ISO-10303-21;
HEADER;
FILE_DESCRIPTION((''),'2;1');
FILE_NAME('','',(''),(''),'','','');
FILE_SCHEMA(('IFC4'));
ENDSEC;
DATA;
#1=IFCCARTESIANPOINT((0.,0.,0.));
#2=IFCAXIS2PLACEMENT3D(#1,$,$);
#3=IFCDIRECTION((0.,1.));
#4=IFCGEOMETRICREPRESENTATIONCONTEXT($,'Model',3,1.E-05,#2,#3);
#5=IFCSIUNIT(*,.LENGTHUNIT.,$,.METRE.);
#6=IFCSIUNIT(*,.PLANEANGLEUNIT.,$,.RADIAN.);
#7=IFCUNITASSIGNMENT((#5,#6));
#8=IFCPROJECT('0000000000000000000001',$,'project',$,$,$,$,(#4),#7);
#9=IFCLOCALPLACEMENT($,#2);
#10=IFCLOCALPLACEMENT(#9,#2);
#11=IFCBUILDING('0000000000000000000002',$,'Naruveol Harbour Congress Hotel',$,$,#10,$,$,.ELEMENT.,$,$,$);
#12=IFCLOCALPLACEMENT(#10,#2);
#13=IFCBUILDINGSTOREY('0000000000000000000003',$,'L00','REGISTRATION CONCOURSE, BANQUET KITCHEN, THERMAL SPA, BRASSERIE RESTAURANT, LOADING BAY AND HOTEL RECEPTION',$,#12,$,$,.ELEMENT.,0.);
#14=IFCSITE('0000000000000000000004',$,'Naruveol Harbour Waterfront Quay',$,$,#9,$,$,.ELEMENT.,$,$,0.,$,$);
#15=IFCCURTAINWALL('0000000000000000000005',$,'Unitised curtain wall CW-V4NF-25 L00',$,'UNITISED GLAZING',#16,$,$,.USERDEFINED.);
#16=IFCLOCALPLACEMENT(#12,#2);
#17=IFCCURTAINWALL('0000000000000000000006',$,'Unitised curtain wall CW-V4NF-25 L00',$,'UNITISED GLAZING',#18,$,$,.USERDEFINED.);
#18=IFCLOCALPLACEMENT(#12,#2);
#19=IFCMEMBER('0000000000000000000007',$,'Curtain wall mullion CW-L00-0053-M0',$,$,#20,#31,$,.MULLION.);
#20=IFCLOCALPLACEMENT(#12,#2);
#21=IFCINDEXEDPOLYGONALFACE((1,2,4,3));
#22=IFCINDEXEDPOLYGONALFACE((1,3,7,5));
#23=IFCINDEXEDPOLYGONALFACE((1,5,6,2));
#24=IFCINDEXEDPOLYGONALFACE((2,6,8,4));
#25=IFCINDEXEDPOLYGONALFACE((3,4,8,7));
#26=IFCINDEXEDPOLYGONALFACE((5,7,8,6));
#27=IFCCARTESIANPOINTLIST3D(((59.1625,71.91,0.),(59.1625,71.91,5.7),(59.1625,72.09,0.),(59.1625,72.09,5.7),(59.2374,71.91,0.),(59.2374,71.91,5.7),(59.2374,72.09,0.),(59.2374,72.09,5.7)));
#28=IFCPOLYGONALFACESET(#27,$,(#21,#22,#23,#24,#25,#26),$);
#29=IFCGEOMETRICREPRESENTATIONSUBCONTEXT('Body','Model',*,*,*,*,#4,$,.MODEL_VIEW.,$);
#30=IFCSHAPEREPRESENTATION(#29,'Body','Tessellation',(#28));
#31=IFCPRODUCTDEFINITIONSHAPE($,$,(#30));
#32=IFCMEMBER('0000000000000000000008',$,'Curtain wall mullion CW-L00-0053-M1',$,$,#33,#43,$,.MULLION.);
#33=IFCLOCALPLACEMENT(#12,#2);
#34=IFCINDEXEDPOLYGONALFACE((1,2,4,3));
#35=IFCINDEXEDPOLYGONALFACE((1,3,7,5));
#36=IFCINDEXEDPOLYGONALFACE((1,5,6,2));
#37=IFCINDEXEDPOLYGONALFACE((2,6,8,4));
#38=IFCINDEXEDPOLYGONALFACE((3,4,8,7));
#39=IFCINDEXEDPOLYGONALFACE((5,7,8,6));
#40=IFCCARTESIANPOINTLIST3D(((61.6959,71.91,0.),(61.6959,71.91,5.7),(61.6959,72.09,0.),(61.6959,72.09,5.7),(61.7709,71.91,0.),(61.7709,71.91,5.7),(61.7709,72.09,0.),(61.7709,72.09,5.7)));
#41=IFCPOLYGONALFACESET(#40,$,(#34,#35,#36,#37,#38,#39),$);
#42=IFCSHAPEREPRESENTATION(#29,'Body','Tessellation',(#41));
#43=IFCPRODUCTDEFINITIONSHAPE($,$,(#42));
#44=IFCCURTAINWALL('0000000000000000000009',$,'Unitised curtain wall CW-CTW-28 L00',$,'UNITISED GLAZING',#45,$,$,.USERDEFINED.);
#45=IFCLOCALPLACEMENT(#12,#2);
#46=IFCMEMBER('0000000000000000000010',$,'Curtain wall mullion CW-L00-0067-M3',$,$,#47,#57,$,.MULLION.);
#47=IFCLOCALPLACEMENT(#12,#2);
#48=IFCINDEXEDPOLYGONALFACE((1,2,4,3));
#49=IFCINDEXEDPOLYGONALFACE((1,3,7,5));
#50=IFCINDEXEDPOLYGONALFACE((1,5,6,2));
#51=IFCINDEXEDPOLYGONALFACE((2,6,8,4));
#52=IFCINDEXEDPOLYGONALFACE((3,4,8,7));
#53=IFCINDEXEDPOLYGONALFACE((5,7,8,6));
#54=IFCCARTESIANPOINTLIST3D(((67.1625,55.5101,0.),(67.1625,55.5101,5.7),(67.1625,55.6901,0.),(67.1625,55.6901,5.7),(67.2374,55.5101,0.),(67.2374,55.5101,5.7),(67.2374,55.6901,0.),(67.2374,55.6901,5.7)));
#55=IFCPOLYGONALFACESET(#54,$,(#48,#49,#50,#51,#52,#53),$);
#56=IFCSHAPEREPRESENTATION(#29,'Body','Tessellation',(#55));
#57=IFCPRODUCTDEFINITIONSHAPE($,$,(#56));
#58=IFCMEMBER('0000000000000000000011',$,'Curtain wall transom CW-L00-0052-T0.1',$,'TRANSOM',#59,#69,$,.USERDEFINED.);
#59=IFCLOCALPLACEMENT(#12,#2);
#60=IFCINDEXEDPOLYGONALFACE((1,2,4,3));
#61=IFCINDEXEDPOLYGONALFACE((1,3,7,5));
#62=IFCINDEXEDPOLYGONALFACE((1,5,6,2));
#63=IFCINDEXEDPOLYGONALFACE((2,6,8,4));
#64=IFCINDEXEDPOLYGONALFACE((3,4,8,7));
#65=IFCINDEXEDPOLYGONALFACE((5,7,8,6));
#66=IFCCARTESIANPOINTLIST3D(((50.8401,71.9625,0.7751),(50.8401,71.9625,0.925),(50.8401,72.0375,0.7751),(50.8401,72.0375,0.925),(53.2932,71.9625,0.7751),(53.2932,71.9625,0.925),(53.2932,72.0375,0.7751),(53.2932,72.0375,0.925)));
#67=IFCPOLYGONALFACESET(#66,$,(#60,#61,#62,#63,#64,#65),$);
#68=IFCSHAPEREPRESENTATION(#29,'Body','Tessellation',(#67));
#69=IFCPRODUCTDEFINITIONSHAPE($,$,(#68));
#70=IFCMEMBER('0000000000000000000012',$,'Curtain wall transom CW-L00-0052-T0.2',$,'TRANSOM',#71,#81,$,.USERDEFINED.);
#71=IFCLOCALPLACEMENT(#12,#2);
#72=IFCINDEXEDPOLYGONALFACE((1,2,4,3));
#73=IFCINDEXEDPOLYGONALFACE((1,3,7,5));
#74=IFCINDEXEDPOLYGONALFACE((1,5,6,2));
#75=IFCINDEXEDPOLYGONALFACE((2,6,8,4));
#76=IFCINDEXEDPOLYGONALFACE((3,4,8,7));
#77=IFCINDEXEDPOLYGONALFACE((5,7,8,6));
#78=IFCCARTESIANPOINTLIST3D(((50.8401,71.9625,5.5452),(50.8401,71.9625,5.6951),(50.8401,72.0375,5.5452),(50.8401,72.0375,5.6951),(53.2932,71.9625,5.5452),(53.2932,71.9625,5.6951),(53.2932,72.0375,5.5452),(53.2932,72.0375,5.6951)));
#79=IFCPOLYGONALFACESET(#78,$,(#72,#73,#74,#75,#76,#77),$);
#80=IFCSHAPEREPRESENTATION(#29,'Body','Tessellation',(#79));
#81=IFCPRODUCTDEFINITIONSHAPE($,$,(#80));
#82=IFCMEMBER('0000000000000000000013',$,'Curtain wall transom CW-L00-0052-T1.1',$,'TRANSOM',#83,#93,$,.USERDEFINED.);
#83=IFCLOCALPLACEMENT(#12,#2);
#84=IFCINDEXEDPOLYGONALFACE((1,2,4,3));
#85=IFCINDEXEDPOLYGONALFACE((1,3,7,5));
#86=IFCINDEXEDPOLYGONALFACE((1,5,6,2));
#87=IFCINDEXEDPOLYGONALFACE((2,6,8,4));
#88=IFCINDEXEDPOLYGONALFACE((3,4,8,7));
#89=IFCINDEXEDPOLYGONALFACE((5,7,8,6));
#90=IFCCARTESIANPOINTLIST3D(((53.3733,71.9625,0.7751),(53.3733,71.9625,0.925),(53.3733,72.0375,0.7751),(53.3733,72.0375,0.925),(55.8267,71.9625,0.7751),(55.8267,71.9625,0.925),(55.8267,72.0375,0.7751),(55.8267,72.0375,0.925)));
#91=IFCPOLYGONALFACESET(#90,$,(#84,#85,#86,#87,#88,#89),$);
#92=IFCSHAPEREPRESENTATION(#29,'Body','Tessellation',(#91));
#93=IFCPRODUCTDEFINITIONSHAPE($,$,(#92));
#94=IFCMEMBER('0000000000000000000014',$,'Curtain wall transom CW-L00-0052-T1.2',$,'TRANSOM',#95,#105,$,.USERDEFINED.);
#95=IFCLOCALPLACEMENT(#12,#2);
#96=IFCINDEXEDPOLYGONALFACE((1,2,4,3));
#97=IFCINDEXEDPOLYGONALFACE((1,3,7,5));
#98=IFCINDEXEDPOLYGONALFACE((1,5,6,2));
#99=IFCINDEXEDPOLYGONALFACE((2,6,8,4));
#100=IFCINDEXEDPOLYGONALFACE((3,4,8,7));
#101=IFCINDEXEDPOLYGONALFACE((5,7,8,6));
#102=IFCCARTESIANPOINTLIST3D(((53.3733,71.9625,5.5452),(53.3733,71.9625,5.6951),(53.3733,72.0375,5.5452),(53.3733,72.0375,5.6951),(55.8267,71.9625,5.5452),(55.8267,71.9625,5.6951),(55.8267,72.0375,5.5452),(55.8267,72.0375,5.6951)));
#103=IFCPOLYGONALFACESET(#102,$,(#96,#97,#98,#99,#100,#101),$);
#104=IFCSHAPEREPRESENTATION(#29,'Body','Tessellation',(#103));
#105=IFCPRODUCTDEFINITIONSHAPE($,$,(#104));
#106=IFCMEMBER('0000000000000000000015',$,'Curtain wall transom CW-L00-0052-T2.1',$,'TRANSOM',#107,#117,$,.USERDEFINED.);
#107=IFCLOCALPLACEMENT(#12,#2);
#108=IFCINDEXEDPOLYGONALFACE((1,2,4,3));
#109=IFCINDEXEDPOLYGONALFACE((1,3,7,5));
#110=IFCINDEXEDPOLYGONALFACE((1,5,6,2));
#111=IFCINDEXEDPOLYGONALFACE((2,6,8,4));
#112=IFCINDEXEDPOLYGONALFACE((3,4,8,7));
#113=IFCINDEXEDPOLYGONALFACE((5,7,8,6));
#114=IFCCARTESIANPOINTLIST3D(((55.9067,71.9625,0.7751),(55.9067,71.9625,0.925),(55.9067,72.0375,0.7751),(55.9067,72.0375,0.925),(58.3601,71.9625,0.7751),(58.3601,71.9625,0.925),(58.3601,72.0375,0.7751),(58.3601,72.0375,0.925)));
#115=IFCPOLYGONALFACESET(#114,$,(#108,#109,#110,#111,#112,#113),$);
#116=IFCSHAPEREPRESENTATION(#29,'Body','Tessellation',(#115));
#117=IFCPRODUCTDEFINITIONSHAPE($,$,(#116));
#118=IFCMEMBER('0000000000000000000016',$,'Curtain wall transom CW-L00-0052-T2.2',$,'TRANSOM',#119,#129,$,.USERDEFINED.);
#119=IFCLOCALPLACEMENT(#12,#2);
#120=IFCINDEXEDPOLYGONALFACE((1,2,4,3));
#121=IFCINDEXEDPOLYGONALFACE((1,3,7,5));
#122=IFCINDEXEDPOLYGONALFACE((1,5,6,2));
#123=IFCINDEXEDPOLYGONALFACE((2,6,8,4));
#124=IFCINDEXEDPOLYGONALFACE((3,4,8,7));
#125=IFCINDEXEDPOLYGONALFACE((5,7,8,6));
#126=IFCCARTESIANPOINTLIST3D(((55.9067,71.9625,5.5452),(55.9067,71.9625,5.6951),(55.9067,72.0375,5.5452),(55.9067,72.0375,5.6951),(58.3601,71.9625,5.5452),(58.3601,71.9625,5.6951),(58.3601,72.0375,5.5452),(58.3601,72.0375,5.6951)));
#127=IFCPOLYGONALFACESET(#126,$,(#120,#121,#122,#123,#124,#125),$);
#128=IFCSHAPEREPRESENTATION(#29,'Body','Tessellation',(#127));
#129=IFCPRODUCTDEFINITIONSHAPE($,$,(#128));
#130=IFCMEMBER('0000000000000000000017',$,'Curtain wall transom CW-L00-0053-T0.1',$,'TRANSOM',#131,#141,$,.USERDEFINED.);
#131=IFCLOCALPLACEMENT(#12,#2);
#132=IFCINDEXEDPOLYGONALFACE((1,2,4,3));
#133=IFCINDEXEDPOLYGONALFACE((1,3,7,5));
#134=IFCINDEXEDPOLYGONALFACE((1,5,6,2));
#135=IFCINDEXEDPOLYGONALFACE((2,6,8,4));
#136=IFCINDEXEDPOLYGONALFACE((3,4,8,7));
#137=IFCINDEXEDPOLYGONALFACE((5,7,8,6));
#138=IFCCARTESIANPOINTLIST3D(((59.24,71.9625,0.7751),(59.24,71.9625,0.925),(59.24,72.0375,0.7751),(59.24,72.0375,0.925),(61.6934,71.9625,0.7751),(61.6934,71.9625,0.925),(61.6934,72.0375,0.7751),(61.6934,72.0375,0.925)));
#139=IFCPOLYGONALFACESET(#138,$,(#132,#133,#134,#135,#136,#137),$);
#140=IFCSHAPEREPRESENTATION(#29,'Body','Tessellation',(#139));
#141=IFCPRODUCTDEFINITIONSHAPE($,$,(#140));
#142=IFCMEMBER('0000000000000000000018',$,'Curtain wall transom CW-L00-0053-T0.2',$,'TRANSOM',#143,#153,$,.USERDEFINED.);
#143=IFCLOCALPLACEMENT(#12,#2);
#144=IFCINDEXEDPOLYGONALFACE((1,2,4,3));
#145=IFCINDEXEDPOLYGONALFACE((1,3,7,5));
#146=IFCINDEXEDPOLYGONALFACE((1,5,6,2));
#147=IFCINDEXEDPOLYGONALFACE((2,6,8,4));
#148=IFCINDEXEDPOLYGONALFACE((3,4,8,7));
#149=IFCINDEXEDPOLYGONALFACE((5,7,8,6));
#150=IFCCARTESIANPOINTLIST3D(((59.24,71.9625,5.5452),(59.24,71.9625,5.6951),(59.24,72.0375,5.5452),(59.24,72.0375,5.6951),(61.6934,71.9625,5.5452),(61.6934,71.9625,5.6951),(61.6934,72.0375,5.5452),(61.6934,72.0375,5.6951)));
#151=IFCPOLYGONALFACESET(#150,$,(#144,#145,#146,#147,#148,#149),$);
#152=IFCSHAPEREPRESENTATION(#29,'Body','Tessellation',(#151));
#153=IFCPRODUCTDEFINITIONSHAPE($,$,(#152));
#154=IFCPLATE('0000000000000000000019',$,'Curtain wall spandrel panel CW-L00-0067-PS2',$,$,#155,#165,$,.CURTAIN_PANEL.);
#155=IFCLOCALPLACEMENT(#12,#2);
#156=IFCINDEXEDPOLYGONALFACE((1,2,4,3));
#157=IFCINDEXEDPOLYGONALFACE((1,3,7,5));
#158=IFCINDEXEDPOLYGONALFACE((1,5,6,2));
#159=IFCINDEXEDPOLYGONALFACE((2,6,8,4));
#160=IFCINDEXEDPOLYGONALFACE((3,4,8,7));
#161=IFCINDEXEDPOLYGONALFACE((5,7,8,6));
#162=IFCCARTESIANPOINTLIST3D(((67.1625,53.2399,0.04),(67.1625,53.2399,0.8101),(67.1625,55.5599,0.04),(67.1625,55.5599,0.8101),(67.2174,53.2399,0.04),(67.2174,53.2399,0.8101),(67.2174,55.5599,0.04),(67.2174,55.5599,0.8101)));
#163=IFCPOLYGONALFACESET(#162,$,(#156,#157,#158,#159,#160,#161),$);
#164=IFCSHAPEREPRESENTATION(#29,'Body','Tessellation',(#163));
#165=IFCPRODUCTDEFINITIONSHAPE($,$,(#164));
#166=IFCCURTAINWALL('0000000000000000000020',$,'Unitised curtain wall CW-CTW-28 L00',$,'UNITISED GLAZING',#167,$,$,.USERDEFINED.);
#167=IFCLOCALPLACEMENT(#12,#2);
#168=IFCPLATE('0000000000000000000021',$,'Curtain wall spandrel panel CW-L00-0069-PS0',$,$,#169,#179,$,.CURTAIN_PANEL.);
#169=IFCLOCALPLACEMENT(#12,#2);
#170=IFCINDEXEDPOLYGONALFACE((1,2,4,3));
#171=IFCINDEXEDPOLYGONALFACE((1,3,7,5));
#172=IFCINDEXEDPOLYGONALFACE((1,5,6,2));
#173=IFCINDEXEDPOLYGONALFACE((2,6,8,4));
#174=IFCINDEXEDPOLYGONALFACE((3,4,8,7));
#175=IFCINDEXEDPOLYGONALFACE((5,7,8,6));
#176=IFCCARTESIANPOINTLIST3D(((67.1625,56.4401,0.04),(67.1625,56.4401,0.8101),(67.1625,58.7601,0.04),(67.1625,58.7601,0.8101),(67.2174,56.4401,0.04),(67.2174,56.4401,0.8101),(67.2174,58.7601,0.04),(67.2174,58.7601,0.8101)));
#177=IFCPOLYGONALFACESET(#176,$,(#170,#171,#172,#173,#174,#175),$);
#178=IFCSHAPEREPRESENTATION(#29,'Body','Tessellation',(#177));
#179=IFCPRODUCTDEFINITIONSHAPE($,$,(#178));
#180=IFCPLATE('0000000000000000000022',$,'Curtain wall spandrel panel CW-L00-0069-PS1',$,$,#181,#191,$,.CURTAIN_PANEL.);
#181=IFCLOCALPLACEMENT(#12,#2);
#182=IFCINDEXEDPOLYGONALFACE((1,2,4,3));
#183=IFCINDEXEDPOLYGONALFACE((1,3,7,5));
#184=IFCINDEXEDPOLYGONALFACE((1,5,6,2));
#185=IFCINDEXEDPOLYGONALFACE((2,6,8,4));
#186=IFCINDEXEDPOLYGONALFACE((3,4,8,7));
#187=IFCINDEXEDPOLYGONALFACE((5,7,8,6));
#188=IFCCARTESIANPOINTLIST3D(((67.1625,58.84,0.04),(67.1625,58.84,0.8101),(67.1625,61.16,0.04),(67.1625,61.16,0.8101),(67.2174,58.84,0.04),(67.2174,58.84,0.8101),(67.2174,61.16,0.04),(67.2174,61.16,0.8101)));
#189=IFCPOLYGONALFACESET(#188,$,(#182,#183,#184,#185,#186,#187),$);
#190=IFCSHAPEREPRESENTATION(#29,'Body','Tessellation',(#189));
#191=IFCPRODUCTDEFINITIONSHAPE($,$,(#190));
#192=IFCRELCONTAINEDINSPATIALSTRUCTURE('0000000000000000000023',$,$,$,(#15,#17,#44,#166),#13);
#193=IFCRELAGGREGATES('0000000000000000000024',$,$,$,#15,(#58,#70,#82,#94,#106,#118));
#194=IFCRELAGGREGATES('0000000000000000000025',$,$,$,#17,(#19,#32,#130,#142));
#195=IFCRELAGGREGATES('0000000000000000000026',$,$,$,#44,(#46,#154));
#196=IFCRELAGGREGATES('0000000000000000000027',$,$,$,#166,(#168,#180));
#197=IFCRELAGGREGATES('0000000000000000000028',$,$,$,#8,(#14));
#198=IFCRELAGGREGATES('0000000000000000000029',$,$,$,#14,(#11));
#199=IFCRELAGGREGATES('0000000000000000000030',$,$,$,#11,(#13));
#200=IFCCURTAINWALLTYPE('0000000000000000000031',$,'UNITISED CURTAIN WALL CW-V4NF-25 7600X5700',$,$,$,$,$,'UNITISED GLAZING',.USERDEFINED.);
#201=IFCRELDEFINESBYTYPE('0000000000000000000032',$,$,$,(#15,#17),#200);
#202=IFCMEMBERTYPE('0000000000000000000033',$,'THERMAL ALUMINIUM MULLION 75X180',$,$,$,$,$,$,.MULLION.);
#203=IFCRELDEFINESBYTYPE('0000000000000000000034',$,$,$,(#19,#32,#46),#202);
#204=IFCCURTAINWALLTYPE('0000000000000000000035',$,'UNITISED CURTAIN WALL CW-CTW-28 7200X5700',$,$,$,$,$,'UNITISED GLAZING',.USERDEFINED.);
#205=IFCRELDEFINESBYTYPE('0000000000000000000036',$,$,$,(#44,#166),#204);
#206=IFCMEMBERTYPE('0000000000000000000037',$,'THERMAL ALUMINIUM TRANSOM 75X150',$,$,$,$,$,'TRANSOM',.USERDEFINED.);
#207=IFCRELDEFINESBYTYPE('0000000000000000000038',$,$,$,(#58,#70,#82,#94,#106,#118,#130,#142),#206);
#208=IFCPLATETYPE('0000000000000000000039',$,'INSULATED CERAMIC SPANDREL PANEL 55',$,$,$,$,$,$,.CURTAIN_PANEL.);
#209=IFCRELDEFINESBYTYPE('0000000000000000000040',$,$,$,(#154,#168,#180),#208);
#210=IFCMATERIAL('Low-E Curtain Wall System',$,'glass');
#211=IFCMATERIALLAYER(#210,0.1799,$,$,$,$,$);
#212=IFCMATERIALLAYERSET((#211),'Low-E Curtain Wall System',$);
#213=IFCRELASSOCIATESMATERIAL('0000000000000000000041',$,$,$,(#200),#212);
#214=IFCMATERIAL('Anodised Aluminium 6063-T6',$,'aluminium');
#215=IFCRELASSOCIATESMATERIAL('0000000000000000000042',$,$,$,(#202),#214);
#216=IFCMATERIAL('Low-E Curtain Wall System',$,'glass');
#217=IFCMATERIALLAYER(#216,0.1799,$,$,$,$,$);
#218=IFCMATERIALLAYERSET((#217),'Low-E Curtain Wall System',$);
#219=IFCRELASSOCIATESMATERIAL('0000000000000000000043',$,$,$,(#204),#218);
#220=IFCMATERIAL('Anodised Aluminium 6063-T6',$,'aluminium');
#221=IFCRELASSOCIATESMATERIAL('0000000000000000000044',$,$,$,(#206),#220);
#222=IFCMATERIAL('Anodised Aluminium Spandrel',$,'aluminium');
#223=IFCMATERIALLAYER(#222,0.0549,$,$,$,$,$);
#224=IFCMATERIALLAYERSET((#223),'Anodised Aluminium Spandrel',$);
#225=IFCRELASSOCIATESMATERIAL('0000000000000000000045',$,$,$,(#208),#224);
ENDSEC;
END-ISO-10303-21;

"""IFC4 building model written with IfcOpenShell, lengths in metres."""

from ifc_helpers import new_model, si_unit, direction, frame, origin, origin_2d, place, context, subcontext, project, spatial, rectangle, extrude, material, layer, layer_set, material_profile, profile_set, type_object, element, aggregate, save


model = new_model("IFC4")

# Units and contexts
model_context = context("Model", 3, precision=1e-05, world=origin(), true_north=direction((0.0, 1.0)))
body_context = subcontext(model_context, "Body", "Model", "MODEL_VIEW")
ifc_project = project(units=[si_unit("LENGTHUNIT", "METRE"), si_unit("PLANEANGLEUNIT", "RADIAN")], contexts=[model_context])

# Site, building, storey
site_placement = place(None, origin())
site = spatial("IfcSite", under=ifc_project, at=site_placement, Name="Naruveol Harbour Waterfront Quay", CompositionType="ELEMENT", RefElevation=0.0)
building_placement = place(site_placement, origin())
building = spatial("IfcBuilding", under=site, at=building_placement, Name="Naruveol Harbour Congress Hotel", CompositionType="ELEMENT")
storey_placement = place(building_placement, origin())
storey = spatial("IfcBuildingStorey", under=building, at=storey_placement, Name="L00", Description="REGISTRATION CONCOURSE, BANQUET KITCHEN, THERMAL SPA, BRASSERIE RESTAURANT, LOADING BAY AND HOTEL RECEPTION", CompositionType="ELEMENT", Elevation=0.0)

# Curtain walls, members
ifc_material_1 = material(Name="Low-E Curtain Wall System", Category="glass")
ifc_layer_1 = layer(ifc_material_1, 0.1799)
ifc_layer_set_1 = layer_set([ifc_layer_1], Name="Low-E Curtain Wall System")
curtain_wall_type_1 = type_object("IfcCurtainWallType", Name="UNITISED CURTAIN WALL CW-V4NF-25 7600X5700", ElementType="UNITISED GLAZING", PredefinedType="USERDEFINED", material=ifc_layer_set_1)
curtain_wall_1_placement = place(storey_placement, origin())
curtain_wall_1 = element("IfcCurtainWall", 1, at=curtain_wall_1_placement, inside=storey, type_object=curtain_wall_type_1, Name="Unitised curtain wall CW-V4NF-25 L00", ObjectType="UNITISED GLAZING", PredefinedType="USERDEFINED")
ifc_material_2 = material(Name="Anodised Aluminium 6063-T6", Category="aluminium")
ifc_material_profile_1 = material_profile(ifc_material_2, rectangle(XDim=0.075, YDim=0.1799, at=origin_2d()), Name="ALU-75x180")
ifc_profile_set_1 = profile_set([ifc_material_profile_1], Name="Anodised Aluminium 6063-T6")
member_type_1 = type_object("IfcMemberType", Name="THERMAL ALUMINIUM MULLION 75X180", PredefinedType="MULLION", material=ifc_profile_set_1)
curtain_wall_2_placement = place(storey_placement, origin())
curtain_wall_2 = element("IfcCurtainWall", 2, at=curtain_wall_2_placement, inside=storey, type_object=curtain_wall_type_1, Name="Unitised curtain wall CW-V4NF-25 L00", ObjectType="UNITISED GLAZING", PredefinedType="USERDEFINED")
member_1_placement = place(storey_placement, frame((59.2, 72.0, 0.0), z_axis=(0.0, 0.0, 1.0), x_axis=(1.0, 0.0, 0.0)))
member_1 = element("IfcMember", 3, at=member_1_placement, type_object=member_type_1, Name="Curtain wall mullion CW-L00-0053-M0", PredefinedType="MULLION", context=body_context, shape_type="SweptSolid", body=[
    extrude(rectangle(XDim=0.075, YDim=0.1799, at=origin_2d()), origin(), (0.0, 0.0, 1.0), 5.7),
])
member_2_placement = place(storey_placement, frame((61.7334, 72.0, 0.0), z_axis=(0.0, 0.0, 1.0), x_axis=(1.0, 0.0, 0.0)))
member_2 = element("IfcMember", 4, at=member_2_placement, type_object=member_type_1, Name="Curtain wall mullion CW-L00-0053-M1", PredefinedType="MULLION", context=body_context, shape_type="SweptSolid", body=[
    extrude(rectangle(XDim=0.075, YDim=0.1799, at=origin_2d()), origin(), (0.0, 0.0, 1.0), 5.7),
])

# Curtain wall, member
ifc_material_3 = material(Name="Low-E Curtain Wall System", Category="glass")
ifc_layer_2 = layer(ifc_material_3, 0.1799)
ifc_layer_set_2 = layer_set([ifc_layer_2], Name="Low-E Curtain Wall System")
curtain_wall_type_2 = type_object("IfcCurtainWallType", Name="UNITISED CURTAIN WALL CW-CTW-28 7200X5700", ElementType="UNITISED GLAZING", PredefinedType="USERDEFINED", material=ifc_layer_set_2)
curtain_wall_3_placement = place(storey_placement, origin())
curtain_wall_3 = element("IfcCurtainWall", 5, at=curtain_wall_3_placement, inside=storey, type_object=curtain_wall_type_2, Name="Unitised curtain wall CW-CTW-28 L00", ObjectType="UNITISED GLAZING", PredefinedType="USERDEFINED")
member_3_placement = place(storey_placement, frame((67.2, 55.6001, 0.0), z_axis=(0.0, 0.0, 1.0), x_axis=(1.0, 0.0, 0.0)))
member_3 = element("IfcMember", 6, at=member_3_placement, type_object=member_type_1, Name="Curtain wall mullion CW-L00-0067-M3", PredefinedType="MULLION", context=body_context, shape_type="SweptSolid", body=[
    extrude(rectangle(XDim=0.075, YDim=0.1799, at=origin_2d()), origin(), (0.0, 0.0, 1.0), 5.7),
])

# Members
ifc_material_4 = material(Name="Anodised Aluminium 6063-T6", Category="aluminium")
ifc_material_profile_2 = material_profile(ifc_material_4, rectangle(XDim=0.075, YDim=0.1499, at=origin_2d()), Name="ALU-75x150")
ifc_profile_set_2 = profile_set([ifc_material_profile_2], Name="Anodised Aluminium 6063-T6")
member_type_2 = type_object("IfcMemberType", Name="THERMAL ALUMINIUM TRANSOM 75X150", ElementType="TRANSOM", PredefinedType="USERDEFINED", material=ifc_profile_set_2)
member_4_placement = place(storey_placement, frame((50.8401, 72.0, 0.8501), z_axis=(1.0, 0.0, 0.0), x_axis=(0.0, 1.0, 0.0)))
member_4 = element("IfcMember", 7, at=member_4_placement, type_object=member_type_2, Name="Curtain wall transom CW-L00-0052-T0.1", ObjectType="TRANSOM", PredefinedType="USERDEFINED", context=body_context, shape_type="SweptSolid", body=[
    extrude(rectangle(XDim=0.075, YDim=0.1499, at=origin_2d()), origin(), (0.0, 0.0, 1.0), 2.4531),
])
member_5_placement = place(storey_placement, frame((50.8401, 72.0, 5.6201), z_axis=(1.0, 0.0, 0.0), x_axis=(0.0, 1.0, 0.0)))
member_5 = element("IfcMember", 8, at=member_5_placement, type_object=member_type_2, Name="Curtain wall transom CW-L00-0052-T0.2", ObjectType="TRANSOM", PredefinedType="USERDEFINED", context=body_context, shape_type="SweptSolid", body=[
    extrude(rectangle(XDim=0.075, YDim=0.1499, at=origin_2d()), origin(), (0.0, 0.0, 1.0), 2.4531),
])
member_6_placement = place(storey_placement, frame((53.3733, 72.0, 0.8501), z_axis=(1.0, 0.0, 0.0), x_axis=(0.0, 1.0, 0.0)))
member_6 = element("IfcMember", 9, at=member_6_placement, type_object=member_type_2, Name="Curtain wall transom CW-L00-0052-T1.1", ObjectType="TRANSOM", PredefinedType="USERDEFINED", context=body_context, shape_type="SweptSolid", body=[
    extrude(rectangle(XDim=0.075, YDim=0.1499, at=origin_2d()), origin(), (0.0, 0.0, 1.0), 2.4534),
])
member_7_placement = place(storey_placement, frame((53.3733, 72.0, 5.6201), z_axis=(1.0, 0.0, 0.0), x_axis=(0.0, 1.0, 0.0)))
member_7 = element("IfcMember", 10, at=member_7_placement, type_object=member_type_2, Name="Curtain wall transom CW-L00-0052-T1.2", ObjectType="TRANSOM", PredefinedType="USERDEFINED", context=body_context, shape_type="SweptSolid", body=[
    extrude(rectangle(XDim=0.075, YDim=0.1499, at=origin_2d()), origin(), (0.0, 0.0, 1.0), 2.4534),
])
member_8_placement = place(storey_placement, frame((55.9067, 72.0, 0.8501), z_axis=(1.0, 0.0, 0.0), x_axis=(0.0, 1.0, 0.0)))
member_8 = element("IfcMember", 11, at=member_8_placement, type_object=member_type_2, Name="Curtain wall transom CW-L00-0052-T2.1", ObjectType="TRANSOM", PredefinedType="USERDEFINED", context=body_context, shape_type="SweptSolid", body=[
    extrude(rectangle(XDim=0.075, YDim=0.1499, at=origin_2d()), origin(), (0.0, 0.0, 1.0), 2.4534),
])
member_9_placement = place(storey_placement, frame((55.9067, 72.0, 5.6201), z_axis=(1.0, 0.0, 0.0), x_axis=(0.0, 1.0, 0.0)))
member_9 = element("IfcMember", 12, at=member_9_placement, type_object=member_type_2, Name="Curtain wall transom CW-L00-0052-T2.2", ObjectType="TRANSOM", PredefinedType="USERDEFINED", context=body_context, shape_type="SweptSolid", body=[
    extrude(rectangle(XDim=0.075, YDim=0.1499, at=origin_2d()), origin(), (0.0, 0.0, 1.0), 2.4534),
])
aggregate(curtain_wall_1, [member_4, member_5, member_6, member_7, member_8, member_9])
member_10_placement = place(storey_placement, frame((59.24, 72.0, 0.8501), z_axis=(1.0, 0.0, 0.0), x_axis=(0.0, 1.0, 0.0)))
member_10 = element("IfcMember", 13, at=member_10_placement, type_object=member_type_2, Name="Curtain wall transom CW-L00-0053-T0.1", ObjectType="TRANSOM", PredefinedType="USERDEFINED", context=body_context, shape_type="SweptSolid", body=[
    extrude(rectangle(XDim=0.075, YDim=0.1499, at=origin_2d()), origin(), (0.0, 0.0, 1.0), 2.4534),
])
member_11_placement = place(storey_placement, frame((59.24, 72.0, 5.6201), z_axis=(1.0, 0.0, 0.0), x_axis=(0.0, 1.0, 0.0)))
member_11 = element("IfcMember", 14, at=member_11_placement, type_object=member_type_2, Name="Curtain wall transom CW-L00-0053-T0.2", ObjectType="TRANSOM", PredefinedType="USERDEFINED", context=body_context, shape_type="SweptSolid", body=[
    extrude(rectangle(XDim=0.075, YDim=0.1499, at=origin_2d()), origin(), (0.0, 0.0, 1.0), 2.4534),
])
aggregate(curtain_wall_2, [member_1, member_2, member_10, member_11])

# Plate
ifc_material_5 = material(Name="Anodised Aluminium Spandrel", Category="aluminium")
ifc_layer_3 = layer(ifc_material_5, 0.0549)
ifc_layer_set_3 = layer_set([ifc_layer_3], Name="Anodised Aluminium Spandrel")
plate_type_1 = type_object("IfcPlateType", Name="INSULATED CERAMIC SPANDREL PANEL 55", PredefinedType="CURTAIN_PANEL", material=ifc_layer_set_3)
plate_1_placement = place(storey_placement, frame((67.1899, 54.3999, 0.04), z_axis=(0.0, 0.0, 1.0), x_axis=(0.0, 1.0, 0.0)))
plate_1 = element("IfcPlate", 15, at=plate_1_placement, type_object=plate_type_1, Name="Curtain wall spandrel panel CW-L00-0067-PS2", PredefinedType="CURTAIN_PANEL", context=body_context, shape_type="SweptSolid", body=[
    extrude(rectangle(XDim=2.3201, YDim=0.0549, at=origin_2d()), origin(), (0.0, 0.0, 1.0), 0.77),
])

# Curtain wall, plates
curtain_wall_4_placement = place(storey_placement, origin())
curtain_wall_4 = element("IfcCurtainWall", 16, at=curtain_wall_4_placement, inside=storey, type_object=curtain_wall_type_2, Name="Unitised curtain wall CW-CTW-28 L00", ObjectType="UNITISED GLAZING", PredefinedType="USERDEFINED")
plate_2_placement = place(storey_placement, frame((67.1899, 57.6001, 0.04), z_axis=(0.0, 0.0, 1.0), x_axis=(0.0, 1.0, 0.0)))
plate_2 = element("IfcPlate", 17, at=plate_2_placement, type_object=plate_type_1, Name="Curtain wall spandrel panel CW-L00-0069-PS0", PredefinedType="CURTAIN_PANEL", context=body_context, shape_type="SweptSolid", body=[
    extrude(rectangle(XDim=2.3201, YDim=0.0549, at=origin_2d()), origin(), (0.0, 0.0, 1.0), 0.77),
])
plate_3_placement = place(storey_placement, frame((67.1899, 60.0, 0.04), z_axis=(0.0, 0.0, 1.0), x_axis=(0.0, 1.0, 0.0)))
plate_3 = element("IfcPlate", 18, at=plate_3_placement, type_object=plate_type_1, Name="Curtain wall spandrel panel CW-L00-0069-PS1", PredefinedType="CURTAIN_PANEL", context=body_context, shape_type="SweptSolid", body=[
    extrude(rectangle(XDim=2.3201, YDim=0.0549, at=origin_2d()), origin(), (0.0, 0.0, 1.0), 0.77),
])

aggregate(curtain_wall_3, [member_3, plate_1])
aggregate(curtain_wall_4, [plate_2, plate_3])

save(model, "model.ifc")
